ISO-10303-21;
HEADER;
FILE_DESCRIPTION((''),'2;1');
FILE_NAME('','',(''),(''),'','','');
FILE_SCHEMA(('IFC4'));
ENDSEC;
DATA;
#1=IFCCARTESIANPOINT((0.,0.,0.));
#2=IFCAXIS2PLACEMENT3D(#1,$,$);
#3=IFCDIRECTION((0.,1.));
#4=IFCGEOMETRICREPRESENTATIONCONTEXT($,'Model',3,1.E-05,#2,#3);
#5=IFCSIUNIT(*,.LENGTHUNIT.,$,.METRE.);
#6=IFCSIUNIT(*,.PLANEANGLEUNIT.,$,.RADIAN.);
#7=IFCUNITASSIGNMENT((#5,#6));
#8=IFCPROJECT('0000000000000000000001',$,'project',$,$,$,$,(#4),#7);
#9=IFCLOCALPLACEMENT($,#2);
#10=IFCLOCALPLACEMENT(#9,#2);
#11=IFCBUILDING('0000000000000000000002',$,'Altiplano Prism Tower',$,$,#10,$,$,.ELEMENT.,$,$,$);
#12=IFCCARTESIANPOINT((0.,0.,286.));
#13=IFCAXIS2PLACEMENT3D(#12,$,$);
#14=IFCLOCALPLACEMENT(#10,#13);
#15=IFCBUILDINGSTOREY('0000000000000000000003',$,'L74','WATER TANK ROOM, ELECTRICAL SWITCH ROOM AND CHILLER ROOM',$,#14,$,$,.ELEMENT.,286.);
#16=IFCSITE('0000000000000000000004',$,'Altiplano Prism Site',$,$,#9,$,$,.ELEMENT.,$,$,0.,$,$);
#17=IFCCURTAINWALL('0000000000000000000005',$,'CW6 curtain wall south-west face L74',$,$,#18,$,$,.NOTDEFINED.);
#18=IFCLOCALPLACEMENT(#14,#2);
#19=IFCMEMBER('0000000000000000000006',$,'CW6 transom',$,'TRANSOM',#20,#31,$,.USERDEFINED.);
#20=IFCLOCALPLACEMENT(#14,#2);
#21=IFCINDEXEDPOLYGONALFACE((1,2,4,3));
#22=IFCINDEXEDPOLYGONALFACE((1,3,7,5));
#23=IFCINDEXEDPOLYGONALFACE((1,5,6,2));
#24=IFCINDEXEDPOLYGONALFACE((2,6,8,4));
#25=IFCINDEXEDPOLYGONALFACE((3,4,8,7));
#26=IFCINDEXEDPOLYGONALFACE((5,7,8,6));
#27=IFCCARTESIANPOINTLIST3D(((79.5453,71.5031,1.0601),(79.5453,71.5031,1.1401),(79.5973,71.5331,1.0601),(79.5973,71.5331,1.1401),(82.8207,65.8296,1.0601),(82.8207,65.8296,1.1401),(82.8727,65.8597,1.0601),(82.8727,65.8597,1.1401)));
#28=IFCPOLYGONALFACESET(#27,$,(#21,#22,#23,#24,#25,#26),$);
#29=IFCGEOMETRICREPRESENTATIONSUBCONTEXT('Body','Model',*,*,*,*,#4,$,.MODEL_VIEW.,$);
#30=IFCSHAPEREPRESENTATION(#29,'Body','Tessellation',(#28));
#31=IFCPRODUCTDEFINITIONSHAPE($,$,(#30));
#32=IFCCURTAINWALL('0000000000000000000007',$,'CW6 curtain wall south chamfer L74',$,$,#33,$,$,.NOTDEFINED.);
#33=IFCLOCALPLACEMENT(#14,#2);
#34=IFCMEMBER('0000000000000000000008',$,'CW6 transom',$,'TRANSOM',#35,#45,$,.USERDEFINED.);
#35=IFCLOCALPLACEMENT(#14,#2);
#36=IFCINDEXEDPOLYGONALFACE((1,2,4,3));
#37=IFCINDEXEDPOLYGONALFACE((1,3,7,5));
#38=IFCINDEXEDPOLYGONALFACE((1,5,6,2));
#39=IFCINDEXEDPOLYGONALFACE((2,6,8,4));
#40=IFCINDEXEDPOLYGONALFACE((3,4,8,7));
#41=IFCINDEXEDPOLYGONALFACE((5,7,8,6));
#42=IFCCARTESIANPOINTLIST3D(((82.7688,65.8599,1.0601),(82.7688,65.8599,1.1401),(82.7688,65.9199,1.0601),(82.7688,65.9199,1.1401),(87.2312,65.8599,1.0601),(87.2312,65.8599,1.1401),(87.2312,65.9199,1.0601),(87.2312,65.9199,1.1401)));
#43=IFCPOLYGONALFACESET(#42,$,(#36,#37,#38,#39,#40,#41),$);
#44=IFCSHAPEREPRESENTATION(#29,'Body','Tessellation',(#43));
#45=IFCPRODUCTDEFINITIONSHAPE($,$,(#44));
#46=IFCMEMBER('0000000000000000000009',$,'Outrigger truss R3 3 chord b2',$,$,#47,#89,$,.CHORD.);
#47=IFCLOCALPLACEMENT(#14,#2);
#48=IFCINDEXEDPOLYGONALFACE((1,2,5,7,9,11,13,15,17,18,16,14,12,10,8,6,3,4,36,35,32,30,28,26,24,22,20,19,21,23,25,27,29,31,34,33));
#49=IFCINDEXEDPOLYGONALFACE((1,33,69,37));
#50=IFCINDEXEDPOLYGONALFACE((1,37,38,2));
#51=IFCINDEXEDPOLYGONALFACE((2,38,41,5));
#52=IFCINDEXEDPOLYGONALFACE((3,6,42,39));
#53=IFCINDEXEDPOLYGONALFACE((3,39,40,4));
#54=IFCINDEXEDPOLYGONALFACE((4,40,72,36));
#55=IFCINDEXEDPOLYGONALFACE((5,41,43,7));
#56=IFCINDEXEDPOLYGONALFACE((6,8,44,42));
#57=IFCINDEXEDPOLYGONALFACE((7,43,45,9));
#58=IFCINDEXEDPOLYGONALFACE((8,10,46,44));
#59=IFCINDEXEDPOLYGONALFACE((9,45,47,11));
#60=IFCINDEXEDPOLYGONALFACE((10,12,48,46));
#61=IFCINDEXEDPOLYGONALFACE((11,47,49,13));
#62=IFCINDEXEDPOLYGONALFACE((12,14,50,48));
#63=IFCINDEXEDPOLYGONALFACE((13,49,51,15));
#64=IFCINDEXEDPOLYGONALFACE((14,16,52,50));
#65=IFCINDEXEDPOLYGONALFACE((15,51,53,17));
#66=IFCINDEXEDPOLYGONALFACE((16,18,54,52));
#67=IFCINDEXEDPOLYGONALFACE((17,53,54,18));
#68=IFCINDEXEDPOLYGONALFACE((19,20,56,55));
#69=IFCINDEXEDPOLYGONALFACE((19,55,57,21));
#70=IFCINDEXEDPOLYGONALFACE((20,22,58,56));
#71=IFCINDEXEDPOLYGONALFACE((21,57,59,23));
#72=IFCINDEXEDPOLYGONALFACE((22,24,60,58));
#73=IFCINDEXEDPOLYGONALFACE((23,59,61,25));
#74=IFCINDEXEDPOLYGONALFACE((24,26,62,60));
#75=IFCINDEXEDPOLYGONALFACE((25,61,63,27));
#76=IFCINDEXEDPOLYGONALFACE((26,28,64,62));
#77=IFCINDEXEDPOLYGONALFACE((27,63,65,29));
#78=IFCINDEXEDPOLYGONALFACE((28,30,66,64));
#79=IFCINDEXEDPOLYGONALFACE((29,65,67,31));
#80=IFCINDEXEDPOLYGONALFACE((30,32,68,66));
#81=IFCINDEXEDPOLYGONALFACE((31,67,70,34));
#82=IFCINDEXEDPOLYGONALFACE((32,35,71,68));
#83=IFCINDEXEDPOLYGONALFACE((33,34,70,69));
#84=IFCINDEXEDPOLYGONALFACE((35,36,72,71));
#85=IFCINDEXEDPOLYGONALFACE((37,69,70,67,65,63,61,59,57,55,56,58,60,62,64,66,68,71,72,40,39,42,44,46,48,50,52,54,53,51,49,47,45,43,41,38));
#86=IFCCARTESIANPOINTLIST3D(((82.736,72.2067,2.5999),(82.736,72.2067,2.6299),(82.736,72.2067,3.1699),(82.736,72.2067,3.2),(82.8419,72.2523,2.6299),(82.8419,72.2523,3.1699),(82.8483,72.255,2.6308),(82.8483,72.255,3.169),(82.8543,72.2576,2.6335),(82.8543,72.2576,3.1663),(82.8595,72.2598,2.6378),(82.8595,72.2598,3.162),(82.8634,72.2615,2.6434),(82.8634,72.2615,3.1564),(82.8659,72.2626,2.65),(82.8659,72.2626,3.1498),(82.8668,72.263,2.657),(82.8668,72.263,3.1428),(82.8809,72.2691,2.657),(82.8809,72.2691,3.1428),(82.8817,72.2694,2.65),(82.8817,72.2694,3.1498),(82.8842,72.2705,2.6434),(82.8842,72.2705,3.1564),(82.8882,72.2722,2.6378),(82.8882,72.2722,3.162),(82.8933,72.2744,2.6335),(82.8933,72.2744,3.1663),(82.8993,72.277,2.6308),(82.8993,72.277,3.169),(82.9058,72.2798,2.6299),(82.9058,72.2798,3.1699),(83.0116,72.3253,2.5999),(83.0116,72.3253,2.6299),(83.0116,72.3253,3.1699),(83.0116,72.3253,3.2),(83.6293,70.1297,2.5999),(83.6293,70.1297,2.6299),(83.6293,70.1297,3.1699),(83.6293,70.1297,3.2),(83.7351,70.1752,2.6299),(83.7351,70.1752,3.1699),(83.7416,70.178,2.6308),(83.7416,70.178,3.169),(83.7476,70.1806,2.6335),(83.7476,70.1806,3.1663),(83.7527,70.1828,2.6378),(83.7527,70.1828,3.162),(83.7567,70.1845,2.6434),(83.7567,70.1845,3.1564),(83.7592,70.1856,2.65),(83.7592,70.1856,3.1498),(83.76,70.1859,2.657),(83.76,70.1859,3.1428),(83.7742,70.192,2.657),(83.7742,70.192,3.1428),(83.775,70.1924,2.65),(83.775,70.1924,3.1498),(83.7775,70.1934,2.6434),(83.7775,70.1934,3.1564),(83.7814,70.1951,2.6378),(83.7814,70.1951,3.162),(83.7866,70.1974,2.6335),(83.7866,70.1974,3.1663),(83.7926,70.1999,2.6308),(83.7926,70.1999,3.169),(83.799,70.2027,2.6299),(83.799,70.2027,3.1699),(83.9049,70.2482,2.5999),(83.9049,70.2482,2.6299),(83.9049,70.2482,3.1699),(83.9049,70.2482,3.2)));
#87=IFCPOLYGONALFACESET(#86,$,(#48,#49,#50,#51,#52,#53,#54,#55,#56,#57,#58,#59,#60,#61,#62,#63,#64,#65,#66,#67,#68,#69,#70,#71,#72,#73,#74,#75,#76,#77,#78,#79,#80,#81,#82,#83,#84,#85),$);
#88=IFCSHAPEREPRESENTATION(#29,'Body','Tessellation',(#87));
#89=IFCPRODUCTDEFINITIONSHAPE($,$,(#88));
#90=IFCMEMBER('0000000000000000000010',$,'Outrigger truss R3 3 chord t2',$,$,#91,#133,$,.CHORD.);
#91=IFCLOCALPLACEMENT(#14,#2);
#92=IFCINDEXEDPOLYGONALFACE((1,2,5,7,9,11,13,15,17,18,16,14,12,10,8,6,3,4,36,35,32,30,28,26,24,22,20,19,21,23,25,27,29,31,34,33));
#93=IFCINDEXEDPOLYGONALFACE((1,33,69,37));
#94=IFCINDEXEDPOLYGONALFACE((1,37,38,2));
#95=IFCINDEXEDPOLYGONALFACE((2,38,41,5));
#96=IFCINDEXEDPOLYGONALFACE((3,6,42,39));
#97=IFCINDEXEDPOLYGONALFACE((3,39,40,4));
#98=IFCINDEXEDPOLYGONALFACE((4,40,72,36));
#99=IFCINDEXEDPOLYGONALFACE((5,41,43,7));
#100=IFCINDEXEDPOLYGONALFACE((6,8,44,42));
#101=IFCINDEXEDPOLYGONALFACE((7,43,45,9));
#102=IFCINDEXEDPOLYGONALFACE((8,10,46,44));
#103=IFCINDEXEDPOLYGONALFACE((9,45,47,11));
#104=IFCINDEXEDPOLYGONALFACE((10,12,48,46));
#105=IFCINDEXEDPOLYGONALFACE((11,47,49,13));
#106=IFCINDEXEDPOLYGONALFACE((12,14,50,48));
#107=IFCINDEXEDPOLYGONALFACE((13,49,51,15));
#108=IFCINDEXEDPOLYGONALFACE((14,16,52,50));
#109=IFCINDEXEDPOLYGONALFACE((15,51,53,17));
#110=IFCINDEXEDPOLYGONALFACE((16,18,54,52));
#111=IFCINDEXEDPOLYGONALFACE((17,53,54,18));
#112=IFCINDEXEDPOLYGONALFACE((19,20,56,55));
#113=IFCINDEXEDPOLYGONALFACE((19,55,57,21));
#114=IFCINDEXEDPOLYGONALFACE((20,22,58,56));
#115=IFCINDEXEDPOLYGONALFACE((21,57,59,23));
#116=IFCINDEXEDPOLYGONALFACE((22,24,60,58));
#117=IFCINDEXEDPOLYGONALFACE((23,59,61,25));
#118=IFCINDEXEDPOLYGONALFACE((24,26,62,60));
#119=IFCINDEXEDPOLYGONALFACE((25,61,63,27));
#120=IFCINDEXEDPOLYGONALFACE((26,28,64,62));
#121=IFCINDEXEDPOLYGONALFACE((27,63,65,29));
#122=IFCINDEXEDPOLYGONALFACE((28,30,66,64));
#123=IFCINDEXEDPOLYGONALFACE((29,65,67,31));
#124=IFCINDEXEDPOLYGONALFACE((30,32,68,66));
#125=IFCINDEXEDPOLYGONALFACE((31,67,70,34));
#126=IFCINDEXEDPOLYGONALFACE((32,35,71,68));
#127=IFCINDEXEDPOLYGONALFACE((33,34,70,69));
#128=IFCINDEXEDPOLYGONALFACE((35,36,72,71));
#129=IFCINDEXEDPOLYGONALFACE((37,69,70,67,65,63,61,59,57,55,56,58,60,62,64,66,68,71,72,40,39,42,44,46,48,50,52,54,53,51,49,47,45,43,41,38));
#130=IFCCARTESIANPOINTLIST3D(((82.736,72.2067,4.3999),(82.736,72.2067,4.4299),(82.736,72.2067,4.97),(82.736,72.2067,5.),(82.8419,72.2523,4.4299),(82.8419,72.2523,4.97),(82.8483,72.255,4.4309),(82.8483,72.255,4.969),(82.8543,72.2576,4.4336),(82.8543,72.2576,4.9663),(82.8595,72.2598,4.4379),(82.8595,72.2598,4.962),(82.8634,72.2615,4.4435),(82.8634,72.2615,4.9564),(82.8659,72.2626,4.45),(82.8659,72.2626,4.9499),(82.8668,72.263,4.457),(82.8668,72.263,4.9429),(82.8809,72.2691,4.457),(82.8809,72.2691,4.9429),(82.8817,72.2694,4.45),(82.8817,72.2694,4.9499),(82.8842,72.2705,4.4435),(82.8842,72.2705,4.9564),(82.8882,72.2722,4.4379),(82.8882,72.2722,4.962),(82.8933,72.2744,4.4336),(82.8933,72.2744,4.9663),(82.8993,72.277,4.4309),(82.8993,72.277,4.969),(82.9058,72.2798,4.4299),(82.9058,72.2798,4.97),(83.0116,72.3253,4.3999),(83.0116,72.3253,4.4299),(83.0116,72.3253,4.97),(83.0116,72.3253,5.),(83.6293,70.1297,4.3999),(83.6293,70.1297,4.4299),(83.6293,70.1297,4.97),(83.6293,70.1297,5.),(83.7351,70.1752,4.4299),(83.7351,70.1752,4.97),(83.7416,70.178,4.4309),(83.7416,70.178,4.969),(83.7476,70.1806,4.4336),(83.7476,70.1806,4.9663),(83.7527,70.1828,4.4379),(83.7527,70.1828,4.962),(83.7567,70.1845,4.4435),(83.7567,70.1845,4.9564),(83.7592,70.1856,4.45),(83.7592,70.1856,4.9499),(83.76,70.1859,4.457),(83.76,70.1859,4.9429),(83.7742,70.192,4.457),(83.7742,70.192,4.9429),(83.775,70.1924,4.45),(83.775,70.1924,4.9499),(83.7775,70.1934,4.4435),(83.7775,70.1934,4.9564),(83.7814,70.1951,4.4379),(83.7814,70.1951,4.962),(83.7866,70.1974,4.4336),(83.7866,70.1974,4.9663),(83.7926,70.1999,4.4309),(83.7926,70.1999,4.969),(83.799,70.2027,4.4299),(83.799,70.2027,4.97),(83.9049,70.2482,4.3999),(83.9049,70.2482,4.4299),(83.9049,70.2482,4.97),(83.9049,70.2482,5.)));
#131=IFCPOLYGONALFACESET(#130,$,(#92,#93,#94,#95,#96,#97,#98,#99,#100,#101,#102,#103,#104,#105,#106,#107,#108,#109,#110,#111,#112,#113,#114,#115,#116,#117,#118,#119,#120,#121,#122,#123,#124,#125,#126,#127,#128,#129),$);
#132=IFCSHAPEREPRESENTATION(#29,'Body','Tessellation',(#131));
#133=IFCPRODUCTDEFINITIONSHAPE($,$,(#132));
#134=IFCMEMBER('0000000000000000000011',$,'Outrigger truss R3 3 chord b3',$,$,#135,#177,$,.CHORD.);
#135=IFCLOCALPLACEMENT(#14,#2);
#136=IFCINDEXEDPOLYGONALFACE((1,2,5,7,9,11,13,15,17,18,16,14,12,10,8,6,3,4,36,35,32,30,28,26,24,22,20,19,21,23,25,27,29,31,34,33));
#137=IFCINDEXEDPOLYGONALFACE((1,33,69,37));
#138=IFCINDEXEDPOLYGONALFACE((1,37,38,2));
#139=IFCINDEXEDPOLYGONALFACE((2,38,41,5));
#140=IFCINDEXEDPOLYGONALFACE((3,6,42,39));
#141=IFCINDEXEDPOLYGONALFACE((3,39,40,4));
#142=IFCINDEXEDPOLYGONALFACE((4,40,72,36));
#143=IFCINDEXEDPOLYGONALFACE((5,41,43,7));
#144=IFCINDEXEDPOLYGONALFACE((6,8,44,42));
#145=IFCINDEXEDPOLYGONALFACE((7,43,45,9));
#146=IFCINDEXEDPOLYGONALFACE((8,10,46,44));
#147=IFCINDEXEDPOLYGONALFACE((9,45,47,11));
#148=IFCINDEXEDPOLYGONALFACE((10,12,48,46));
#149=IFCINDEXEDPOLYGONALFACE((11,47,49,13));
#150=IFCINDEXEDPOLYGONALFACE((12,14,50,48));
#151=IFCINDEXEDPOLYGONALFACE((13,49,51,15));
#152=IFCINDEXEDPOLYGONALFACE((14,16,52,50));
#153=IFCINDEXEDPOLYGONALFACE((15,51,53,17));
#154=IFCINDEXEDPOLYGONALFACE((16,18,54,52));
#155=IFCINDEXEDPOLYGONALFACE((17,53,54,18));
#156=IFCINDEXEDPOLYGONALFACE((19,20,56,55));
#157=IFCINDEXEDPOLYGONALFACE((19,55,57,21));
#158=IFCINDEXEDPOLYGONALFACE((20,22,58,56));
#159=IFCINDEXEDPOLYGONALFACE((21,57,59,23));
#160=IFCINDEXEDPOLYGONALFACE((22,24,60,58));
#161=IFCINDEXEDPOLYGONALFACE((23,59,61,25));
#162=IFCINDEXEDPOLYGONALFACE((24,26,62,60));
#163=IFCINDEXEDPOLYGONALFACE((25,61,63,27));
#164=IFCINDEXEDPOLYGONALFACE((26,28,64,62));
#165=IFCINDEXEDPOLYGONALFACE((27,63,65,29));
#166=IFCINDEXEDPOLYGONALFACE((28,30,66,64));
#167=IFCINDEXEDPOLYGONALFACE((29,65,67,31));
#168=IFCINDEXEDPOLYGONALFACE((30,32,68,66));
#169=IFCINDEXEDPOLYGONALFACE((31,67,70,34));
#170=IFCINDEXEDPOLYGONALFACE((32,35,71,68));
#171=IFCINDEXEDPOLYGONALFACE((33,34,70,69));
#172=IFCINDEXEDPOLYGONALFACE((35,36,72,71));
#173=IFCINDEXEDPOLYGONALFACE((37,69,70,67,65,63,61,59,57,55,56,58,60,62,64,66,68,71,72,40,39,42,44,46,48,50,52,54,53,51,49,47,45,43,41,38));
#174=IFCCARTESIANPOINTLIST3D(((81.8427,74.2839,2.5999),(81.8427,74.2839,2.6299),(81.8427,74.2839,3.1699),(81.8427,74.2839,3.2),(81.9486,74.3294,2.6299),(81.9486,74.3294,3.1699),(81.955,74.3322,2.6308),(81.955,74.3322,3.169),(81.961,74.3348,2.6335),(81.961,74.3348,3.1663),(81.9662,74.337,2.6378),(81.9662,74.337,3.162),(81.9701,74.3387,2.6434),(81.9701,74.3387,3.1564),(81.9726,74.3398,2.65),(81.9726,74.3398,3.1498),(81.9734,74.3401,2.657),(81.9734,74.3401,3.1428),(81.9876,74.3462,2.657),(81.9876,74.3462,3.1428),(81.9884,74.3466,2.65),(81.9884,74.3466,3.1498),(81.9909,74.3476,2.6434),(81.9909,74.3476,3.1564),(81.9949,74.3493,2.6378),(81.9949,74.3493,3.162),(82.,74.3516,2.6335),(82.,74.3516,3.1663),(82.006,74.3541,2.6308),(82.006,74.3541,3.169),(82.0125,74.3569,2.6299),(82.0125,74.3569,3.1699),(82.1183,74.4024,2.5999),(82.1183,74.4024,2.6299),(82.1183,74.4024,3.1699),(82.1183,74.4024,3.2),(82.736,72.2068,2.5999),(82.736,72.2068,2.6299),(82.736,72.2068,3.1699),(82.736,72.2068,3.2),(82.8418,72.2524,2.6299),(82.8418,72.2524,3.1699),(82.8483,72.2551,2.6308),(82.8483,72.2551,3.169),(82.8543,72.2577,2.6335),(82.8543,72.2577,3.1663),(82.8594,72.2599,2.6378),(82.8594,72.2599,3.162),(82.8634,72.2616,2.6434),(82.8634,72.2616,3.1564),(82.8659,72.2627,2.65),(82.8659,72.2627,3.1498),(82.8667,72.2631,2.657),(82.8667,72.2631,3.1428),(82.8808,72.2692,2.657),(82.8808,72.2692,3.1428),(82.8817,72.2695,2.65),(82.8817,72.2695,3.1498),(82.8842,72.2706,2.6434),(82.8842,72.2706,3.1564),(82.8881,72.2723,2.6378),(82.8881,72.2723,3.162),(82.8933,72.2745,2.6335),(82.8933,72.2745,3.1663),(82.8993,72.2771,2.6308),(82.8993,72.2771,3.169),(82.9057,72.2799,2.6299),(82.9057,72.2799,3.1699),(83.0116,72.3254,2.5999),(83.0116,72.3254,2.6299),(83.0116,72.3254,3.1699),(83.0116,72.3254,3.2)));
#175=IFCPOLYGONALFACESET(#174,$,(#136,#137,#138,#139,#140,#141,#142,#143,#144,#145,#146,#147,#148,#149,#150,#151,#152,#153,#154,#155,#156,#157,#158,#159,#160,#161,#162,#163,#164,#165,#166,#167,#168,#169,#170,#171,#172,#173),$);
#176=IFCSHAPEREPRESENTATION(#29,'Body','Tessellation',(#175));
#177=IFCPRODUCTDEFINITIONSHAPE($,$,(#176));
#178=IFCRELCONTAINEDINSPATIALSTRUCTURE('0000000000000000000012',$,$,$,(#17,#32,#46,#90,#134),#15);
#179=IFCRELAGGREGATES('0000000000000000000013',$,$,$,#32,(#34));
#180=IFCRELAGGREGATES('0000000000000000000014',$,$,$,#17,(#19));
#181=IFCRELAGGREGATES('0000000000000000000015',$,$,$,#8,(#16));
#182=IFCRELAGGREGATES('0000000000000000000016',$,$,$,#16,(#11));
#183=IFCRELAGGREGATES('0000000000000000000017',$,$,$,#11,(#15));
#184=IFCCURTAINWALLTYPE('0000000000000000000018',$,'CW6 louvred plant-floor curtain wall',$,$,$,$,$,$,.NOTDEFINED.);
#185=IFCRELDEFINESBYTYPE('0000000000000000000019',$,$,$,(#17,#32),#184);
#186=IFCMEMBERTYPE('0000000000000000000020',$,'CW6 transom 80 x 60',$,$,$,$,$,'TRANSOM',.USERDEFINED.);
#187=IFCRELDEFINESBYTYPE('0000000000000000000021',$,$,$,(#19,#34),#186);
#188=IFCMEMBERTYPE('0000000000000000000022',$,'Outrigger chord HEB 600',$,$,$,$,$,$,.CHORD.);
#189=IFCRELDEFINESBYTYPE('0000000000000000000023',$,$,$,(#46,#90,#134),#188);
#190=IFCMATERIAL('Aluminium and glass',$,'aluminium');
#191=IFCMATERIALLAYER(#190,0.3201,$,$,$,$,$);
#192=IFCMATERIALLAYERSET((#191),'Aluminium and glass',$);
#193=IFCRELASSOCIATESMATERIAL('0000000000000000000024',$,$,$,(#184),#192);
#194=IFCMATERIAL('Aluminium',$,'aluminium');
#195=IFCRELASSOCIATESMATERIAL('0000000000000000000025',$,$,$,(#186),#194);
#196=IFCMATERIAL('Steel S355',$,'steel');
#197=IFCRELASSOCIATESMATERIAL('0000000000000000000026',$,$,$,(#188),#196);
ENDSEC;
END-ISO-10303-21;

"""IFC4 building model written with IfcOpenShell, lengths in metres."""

from ifc_helpers import new_model, si_unit, direction, frame, origin, origin_2d, place, context, subcontext, project, spatial, rectangle, i_section, extrude, material, layer, layer_set, material_profile, profile_set, type_object, element, aggregate, save


model = new_model("IFC4")

# Units and contexts
model_context = context("Model", 3, precision=1e-05, world=origin(), true_north=direction((0.0, 1.0)))
body_context = subcontext(model_context, "Body", "Model", "MODEL_VIEW")
ifc_project = project(units=[si_unit("LENGTHUNIT", "METRE"), si_unit("PLANEANGLEUNIT", "RADIAN")], contexts=[model_context])

# Site, building, storey
site_placement = place(None, origin())
site = spatial("IfcSite", under=ifc_project, at=site_placement, Name="Altiplano Prism Site", CompositionType="ELEMENT", RefElevation=0.0)
building_placement = place(site_placement, origin())
building = spatial("IfcBuilding", under=site, at=building_placement, Name="Altiplano Prism Tower", CompositionType="ELEMENT")
storey_placement = place(building_placement, frame((0.0, 0.0, 286.0)))
storey = spatial("IfcBuildingStorey", under=building, at=storey_placement, Name="L74", Description="WATER TANK ROOM, ELECTRICAL SWITCH ROOM AND CHILLER ROOM", CompositionType="ELEMENT", Elevation=286.0)

# Shared definitions
ifc_material_1 = material(Name="Steel S355", Category="steel")

# Curtain wall, member
ifc_material_2 = material(Name="Aluminium and glass", Category="aluminium")
ifc_layer_1 = layer(ifc_material_2, 0.3201)
ifc_layer_set_1 = layer_set([ifc_layer_1], Name="Aluminium and glass")
curtain_wall_type = type_object("IfcCurtainWallType", Name="CW6 louvred plant-floor curtain wall", PredefinedType="NOTDEFINED", material=ifc_layer_set_1)
curtain_wall_1_placement = place(storey_placement, origin())
curtain_wall_1 = element("IfcCurtainWall", 1, at=curtain_wall_1_placement, inside=storey, type_object=curtain_wall_type, Name="CW6 curtain wall south-west face L74", PredefinedType="NOTDEFINED")
ifc_material_3 = material(Name="Aluminium", Category="aluminium")
ifc_material_profile_1 = material_profile(ifc_material_3, rectangle(XDim=0.0601, YDim=0.0801, at=origin_2d()), Name="CW6 transom 80 x 60")
ifc_profile_set_1 = profile_set([ifc_material_profile_1], Name="Aluminium")
member_type_1 = type_object("IfcMemberType", Name="CW6 transom 80 x 60", ElementType="TRANSOM", PredefinedType="USERDEFINED", material=ifc_profile_set_1)
member_1_placement = place(storey_placement, frame((79.5713, 71.5181, 1.1001), z_axis=(0.499987, -0.866033, 0.0), x_axis=(0.866033, 0.499987, 0.0)))
member_1 = element("IfcMember", 2, at=member_1_placement, type_object=member_type_1, Name="CW6 transom", ObjectType="TRANSOM", PredefinedType="USERDEFINED", context=body_context, shape_type="SweptSolid", body=[
    extrude(rectangle(XDim=0.0601, YDim=0.0801, at=origin_2d()), origin(), (0.0, 0.0, 1.0), 6.551),
])

# Curtain wall, member
curtain_wall_2_placement = place(storey_placement, origin())
curtain_wall_2 = element("IfcCurtainWall", 3, at=curtain_wall_2_placement, inside=storey, type_object=curtain_wall_type, Name="CW6 curtain wall south chamfer L74", PredefinedType="NOTDEFINED")
member_2_placement = place(storey_placement, frame((82.7688, 65.8899, 1.1001), z_axis=(1.0, 0.0, 0.0), x_axis=(0.0, 1.0, 0.0)))
member_2 = element("IfcMember", 4, at=member_2_placement, type_object=member_type_1, Name="CW6 transom", ObjectType="TRANSOM", PredefinedType="USERDEFINED", context=body_context, shape_type="SweptSolid", body=[
    extrude(rectangle(XDim=0.0601, YDim=0.0801, at=origin_2d()), origin(), (0.0, 0.0, 1.0), 4.4624),
])
aggregate(curtain_wall_2, [member_2])

# Members
ifc_material_profile_2 = material_profile(ifc_material_1, i_section(OverallWidth=0.3, OverallDepth=0.6001, WebThickness=0.0154, FlangeThickness=0.03, FilletRadius=0.0271, at=origin_2d()), Name="Outrigger chord HEB 600")
ifc_profile_set_2 = profile_set([ifc_material_profile_2], Name="Steel S355")
member_type_2 = type_object("IfcMemberType", Name="Outrigger chord HEB 600", PredefinedType="CHORD", material=ifc_profile_set_2)
for number, where, z_axis, x_axis, name in (
    (5, (83.7671, 70.189, 2.8999), (-0.395079, 0.918647, 0.0), (-0.918647, -0.395079, 0.0), "Outrigger truss R3 3 chord b2"),
    (6, (83.7671, 70.189, 4.7), (-0.395079, 0.918647, 0.0), (-0.918647, -0.395079, 0.0), "Outrigger truss R3 3 chord t2"),
    (7, (82.8738, 72.2661, 2.8999), (-0.395079, 0.918647, 0.0), (-0.918647, -0.395079, 0.0), "Outrigger truss R3 3 chord b3"),
):
    element("IfcMember", number, at=place(storey_placement, frame(where, z_axis=z_axis, x_axis=x_axis)), inside=storey, type_object=member_type_2, Name=name, PredefinedType="CHORD", context=body_context, shape_type="SweptSolid", body=[
        extrude(i_section(OverallWidth=0.3, OverallDepth=0.6001, WebThickness=0.0154, FlangeThickness=0.03, FilletRadius=0.0271, at=origin_2d()), origin(), (0.0, 0.0, 1.0), 2.261),
    ])

aggregate(curtain_wall_1, [member_1])

save(model, "model.ifc")
